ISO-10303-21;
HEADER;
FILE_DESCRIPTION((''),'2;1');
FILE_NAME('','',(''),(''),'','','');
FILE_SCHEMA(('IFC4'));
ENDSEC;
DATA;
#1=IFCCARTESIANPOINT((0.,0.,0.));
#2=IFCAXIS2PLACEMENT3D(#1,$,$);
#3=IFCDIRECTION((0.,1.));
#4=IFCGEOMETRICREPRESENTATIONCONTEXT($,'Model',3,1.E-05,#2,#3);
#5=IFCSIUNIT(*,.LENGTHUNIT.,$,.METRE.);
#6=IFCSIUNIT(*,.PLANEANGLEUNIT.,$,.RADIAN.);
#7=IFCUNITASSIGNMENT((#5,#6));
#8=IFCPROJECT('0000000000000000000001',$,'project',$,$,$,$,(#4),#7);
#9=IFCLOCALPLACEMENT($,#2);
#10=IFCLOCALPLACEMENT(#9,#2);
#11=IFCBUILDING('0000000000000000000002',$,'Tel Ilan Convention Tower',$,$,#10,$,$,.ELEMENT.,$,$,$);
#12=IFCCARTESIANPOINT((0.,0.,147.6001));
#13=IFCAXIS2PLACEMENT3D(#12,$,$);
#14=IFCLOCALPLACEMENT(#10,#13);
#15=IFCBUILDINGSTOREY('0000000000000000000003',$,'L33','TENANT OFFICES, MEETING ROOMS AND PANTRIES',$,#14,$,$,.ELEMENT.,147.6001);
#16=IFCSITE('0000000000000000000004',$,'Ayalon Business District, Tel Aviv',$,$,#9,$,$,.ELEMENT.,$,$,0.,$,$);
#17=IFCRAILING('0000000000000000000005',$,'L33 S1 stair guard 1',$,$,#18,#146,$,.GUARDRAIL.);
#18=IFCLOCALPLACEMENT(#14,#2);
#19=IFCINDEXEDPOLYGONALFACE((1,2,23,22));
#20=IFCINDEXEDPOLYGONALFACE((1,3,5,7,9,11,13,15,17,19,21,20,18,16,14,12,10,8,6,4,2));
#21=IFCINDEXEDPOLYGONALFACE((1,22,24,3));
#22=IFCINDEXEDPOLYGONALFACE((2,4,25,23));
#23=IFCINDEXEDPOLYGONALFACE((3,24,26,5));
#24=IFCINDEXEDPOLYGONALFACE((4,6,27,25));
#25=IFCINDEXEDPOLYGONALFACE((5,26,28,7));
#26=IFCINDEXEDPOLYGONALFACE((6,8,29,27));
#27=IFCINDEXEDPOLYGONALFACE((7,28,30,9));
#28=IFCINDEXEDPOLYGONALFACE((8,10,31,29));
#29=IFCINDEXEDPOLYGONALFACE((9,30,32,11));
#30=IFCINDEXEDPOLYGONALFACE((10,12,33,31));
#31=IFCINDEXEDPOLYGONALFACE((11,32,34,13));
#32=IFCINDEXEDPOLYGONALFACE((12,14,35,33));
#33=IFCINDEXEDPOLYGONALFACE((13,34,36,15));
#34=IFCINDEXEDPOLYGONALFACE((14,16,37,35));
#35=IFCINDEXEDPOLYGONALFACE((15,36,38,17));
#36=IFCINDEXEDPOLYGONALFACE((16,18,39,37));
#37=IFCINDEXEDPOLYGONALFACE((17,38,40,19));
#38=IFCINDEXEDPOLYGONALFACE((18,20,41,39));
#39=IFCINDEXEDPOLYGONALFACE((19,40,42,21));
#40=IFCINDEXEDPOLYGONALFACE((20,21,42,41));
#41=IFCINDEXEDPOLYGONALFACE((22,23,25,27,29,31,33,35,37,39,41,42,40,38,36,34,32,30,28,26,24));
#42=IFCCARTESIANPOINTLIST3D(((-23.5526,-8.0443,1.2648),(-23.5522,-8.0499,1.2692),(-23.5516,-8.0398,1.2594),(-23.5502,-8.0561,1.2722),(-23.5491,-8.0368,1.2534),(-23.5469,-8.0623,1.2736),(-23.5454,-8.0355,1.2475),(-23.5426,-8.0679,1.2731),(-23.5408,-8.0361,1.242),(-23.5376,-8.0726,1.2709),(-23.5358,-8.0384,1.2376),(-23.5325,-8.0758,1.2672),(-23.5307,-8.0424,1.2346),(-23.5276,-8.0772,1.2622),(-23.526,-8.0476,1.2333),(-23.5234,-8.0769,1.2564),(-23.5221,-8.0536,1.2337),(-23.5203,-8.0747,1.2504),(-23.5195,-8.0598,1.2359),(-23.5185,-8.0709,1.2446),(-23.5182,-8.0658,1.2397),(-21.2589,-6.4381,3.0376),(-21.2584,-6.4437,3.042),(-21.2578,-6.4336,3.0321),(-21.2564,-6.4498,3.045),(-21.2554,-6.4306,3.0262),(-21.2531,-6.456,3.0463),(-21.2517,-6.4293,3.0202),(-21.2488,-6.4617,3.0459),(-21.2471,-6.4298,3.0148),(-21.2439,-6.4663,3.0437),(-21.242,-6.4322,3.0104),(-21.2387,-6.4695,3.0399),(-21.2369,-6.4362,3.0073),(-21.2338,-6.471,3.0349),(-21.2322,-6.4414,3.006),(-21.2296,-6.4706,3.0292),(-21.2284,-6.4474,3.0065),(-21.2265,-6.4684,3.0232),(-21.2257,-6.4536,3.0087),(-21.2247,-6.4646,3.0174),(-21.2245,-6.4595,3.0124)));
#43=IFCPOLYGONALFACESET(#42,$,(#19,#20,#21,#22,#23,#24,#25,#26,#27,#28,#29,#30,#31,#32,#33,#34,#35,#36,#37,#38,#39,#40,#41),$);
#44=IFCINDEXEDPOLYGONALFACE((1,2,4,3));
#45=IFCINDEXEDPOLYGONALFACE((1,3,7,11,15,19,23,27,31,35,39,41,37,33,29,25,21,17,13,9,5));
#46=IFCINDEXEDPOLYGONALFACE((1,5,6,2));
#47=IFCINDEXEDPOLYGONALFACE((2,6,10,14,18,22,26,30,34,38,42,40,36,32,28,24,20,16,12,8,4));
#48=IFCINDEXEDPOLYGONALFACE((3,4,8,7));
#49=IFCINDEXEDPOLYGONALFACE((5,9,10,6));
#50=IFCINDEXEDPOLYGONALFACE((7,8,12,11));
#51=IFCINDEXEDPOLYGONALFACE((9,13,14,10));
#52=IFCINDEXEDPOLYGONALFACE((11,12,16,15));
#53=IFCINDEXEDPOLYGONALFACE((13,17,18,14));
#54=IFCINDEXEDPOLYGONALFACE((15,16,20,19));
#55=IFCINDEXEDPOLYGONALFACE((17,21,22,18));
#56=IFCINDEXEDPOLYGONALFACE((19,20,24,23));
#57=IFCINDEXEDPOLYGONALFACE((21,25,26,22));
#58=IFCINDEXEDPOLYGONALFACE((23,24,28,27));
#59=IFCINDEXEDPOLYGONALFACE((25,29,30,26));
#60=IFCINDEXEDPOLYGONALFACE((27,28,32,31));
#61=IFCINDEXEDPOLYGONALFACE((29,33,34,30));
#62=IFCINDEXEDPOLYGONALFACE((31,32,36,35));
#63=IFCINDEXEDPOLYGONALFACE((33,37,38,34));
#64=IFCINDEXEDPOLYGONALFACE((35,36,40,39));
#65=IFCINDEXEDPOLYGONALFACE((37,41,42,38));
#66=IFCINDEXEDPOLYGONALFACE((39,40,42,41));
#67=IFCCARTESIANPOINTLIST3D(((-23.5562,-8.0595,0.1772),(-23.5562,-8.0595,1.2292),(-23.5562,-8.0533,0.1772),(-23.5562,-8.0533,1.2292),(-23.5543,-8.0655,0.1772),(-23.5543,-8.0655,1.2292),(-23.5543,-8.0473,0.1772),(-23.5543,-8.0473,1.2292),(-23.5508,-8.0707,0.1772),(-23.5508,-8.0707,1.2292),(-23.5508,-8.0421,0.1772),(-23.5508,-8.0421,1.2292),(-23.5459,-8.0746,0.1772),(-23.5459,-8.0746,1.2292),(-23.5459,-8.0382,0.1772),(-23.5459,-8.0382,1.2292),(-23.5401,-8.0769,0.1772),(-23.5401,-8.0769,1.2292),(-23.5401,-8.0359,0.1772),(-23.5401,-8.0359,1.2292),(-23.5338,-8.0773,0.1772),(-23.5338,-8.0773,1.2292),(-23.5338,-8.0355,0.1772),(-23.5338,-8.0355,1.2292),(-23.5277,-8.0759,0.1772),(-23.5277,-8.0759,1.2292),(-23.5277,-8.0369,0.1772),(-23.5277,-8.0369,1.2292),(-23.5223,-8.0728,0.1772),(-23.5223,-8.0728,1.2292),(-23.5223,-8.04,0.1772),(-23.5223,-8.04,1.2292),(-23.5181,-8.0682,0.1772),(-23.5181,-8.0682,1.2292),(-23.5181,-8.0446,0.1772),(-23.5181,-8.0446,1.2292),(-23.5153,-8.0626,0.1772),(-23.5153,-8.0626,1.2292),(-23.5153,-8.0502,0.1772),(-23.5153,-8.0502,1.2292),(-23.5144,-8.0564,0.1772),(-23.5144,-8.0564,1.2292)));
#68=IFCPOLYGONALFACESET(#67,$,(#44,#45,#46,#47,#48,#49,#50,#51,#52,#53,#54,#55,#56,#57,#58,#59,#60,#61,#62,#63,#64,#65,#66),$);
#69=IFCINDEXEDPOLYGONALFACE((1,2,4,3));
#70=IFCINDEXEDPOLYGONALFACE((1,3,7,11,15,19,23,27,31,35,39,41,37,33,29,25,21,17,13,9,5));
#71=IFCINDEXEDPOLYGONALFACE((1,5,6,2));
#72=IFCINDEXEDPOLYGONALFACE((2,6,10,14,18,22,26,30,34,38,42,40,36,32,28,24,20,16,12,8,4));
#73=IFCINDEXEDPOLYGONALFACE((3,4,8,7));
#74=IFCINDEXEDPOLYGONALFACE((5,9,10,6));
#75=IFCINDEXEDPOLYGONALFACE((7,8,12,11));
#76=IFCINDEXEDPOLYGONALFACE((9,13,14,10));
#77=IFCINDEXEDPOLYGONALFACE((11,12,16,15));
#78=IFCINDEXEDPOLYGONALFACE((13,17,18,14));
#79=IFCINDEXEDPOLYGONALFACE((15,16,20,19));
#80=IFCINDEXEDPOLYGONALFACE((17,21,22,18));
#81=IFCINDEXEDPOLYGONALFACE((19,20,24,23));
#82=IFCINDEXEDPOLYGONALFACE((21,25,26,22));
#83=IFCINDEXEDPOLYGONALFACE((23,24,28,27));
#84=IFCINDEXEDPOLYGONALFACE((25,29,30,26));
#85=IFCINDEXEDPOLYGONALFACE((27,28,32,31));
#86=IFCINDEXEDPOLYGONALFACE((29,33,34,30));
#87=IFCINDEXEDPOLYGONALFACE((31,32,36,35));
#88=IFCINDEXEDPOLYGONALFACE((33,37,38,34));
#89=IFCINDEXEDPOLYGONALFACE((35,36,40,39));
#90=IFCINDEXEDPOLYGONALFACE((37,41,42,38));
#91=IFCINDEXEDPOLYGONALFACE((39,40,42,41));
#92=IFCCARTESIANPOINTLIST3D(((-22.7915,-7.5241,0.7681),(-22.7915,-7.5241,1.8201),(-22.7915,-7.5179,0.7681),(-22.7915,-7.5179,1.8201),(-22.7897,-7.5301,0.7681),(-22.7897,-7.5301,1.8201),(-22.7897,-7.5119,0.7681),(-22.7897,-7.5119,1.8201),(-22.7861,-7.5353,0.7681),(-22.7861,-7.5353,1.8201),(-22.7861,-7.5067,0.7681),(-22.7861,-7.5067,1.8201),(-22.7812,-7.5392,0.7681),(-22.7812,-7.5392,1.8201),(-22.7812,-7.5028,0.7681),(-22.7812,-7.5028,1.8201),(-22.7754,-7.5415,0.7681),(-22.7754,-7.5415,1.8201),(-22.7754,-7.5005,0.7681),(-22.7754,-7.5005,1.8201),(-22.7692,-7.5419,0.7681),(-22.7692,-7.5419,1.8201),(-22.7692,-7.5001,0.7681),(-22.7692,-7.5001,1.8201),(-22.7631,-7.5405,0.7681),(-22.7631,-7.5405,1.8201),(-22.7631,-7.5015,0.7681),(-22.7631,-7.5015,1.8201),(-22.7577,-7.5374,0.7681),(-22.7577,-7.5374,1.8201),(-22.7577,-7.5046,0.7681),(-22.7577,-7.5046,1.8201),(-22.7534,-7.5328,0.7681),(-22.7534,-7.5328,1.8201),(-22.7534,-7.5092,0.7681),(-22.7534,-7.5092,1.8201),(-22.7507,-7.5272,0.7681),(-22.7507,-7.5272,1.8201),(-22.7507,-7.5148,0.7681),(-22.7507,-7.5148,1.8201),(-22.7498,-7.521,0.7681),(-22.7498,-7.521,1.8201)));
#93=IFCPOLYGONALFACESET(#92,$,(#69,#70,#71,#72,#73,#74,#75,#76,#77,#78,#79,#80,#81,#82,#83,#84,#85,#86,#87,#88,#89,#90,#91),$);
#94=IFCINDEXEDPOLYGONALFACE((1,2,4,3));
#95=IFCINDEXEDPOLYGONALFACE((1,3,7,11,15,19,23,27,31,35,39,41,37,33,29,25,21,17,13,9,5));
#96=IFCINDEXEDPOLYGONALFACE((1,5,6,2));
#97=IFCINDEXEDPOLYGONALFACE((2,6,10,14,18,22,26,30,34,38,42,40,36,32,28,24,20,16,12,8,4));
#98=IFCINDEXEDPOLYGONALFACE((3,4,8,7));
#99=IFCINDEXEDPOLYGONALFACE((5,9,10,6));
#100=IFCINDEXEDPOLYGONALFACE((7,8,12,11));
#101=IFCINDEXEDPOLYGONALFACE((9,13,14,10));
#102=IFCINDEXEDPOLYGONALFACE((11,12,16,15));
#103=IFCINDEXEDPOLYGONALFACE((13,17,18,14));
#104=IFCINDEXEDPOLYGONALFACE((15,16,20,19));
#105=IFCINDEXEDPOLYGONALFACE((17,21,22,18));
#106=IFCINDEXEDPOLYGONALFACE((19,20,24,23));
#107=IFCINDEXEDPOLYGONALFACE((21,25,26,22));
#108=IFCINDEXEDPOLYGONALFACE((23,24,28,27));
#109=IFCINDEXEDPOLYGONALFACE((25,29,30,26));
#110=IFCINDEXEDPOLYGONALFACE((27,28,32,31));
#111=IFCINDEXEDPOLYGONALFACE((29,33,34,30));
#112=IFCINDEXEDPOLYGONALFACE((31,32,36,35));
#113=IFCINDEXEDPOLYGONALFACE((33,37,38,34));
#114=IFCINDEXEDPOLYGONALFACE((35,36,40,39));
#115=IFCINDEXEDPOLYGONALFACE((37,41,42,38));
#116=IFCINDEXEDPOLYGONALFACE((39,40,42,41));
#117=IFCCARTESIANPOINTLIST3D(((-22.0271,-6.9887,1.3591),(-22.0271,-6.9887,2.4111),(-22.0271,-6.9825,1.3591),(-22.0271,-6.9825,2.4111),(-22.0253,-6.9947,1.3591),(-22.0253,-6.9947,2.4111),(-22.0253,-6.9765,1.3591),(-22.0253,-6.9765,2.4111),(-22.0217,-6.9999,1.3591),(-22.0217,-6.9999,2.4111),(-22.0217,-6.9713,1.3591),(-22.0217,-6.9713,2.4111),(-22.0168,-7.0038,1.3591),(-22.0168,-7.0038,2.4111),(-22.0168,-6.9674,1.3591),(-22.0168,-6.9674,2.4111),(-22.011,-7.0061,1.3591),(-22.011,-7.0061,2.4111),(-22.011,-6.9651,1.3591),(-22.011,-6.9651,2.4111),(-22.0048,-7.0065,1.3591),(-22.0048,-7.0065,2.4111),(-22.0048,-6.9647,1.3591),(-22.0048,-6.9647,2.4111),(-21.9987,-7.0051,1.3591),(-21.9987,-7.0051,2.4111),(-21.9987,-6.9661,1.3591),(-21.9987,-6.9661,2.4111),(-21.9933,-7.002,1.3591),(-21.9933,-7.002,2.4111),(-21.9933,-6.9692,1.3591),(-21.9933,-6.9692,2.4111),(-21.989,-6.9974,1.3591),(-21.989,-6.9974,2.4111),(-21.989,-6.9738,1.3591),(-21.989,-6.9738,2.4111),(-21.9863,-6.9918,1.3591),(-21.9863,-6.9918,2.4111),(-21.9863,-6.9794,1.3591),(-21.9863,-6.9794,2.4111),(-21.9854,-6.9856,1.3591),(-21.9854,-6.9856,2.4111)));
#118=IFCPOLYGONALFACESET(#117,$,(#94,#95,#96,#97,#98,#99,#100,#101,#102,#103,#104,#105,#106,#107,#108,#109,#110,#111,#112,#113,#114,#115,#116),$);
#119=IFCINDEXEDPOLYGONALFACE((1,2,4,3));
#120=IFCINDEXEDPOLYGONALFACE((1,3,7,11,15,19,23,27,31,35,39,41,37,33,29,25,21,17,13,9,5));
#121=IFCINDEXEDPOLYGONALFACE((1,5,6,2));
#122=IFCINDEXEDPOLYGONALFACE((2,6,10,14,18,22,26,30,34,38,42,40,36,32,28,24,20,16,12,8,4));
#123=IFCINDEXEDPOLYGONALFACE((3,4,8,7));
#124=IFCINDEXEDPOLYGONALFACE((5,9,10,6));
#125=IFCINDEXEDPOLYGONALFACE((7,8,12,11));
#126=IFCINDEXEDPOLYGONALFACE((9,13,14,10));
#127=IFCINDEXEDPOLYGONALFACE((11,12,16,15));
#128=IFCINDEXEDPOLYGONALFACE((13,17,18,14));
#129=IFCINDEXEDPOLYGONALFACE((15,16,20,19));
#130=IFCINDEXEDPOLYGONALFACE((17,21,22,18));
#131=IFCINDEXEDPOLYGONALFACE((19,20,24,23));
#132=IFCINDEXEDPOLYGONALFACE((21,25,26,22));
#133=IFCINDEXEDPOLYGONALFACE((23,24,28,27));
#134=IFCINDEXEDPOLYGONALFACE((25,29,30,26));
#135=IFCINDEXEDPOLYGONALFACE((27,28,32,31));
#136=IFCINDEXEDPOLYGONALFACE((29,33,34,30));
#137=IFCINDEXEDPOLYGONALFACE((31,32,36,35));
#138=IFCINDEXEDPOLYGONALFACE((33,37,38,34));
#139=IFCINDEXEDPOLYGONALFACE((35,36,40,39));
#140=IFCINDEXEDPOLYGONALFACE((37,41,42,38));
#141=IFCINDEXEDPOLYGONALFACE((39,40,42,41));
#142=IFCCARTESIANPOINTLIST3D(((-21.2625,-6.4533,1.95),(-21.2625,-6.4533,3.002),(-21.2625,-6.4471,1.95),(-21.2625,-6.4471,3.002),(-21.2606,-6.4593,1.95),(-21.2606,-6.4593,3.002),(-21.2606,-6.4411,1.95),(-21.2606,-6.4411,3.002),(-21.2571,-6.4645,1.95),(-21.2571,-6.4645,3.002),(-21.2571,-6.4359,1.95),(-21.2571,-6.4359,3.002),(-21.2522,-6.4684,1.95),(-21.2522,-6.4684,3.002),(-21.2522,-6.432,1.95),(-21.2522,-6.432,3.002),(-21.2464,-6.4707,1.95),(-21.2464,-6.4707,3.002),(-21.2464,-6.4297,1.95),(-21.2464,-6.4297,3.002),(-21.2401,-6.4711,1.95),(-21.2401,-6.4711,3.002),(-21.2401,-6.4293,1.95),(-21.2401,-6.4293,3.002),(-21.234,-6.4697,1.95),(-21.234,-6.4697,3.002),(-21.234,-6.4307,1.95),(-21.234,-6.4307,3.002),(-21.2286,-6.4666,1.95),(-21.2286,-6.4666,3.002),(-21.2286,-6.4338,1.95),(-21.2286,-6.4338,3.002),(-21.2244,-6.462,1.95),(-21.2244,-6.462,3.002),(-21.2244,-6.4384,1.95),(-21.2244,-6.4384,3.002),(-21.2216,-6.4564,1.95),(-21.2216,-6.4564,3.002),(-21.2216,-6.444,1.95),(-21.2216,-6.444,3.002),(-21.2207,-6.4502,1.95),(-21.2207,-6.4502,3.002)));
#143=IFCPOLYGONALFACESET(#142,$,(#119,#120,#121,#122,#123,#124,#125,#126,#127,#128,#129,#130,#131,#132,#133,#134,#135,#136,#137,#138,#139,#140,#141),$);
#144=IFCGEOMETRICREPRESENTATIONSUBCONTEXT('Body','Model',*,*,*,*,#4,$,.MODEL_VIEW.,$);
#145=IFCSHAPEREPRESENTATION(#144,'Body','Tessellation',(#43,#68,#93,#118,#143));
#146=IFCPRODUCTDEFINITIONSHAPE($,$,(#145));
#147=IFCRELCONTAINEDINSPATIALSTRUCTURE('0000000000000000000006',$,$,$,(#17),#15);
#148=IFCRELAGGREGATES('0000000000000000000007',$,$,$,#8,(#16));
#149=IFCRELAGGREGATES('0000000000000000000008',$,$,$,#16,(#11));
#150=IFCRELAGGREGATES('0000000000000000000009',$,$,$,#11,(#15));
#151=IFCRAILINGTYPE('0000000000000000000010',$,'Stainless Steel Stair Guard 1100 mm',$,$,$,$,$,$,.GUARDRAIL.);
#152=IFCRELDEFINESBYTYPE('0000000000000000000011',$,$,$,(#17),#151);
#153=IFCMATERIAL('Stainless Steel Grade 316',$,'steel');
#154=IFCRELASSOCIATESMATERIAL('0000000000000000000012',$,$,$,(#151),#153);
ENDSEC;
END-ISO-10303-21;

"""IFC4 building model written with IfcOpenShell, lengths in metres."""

from ifc_helpers import new_model, si_unit, direction, frame, origin, origin_2d, place, context, subcontext, project, spatial, circle, extrude, material, type_object, element, save


model = new_model("IFC4")

# Units and contexts
model_context = context("Model", 3, precision=1e-05, world=origin(), true_north=direction((0.0, 1.0)))
body_context = subcontext(model_context, "Body", "Model", "MODEL_VIEW")
ifc_project = project(units=[si_unit("LENGTHUNIT", "METRE"), si_unit("PLANEANGLEUNIT", "RADIAN")], contexts=[model_context])

# Site, building, storey
site_placement = place(None, origin())
site = spatial("IfcSite", under=ifc_project, at=site_placement, Name="Ayalon Business District, Tel Aviv", CompositionType="ELEMENT", RefElevation=0.0)
building_placement = place(site_placement, origin())
building = spatial("IfcBuilding", under=site, at=building_placement, Name="Tel Ilan Convention Tower", CompositionType="ELEMENT")
storey_placement = place(building_placement, frame((0.0, 0.0, 147.6001)))
storey = spatial("IfcBuildingStorey", under=building, at=storey_placement, Name="L33", Description="TENANT OFFICES, MEETING ROOMS AND PANTRIES", CompositionType="ELEMENT", Elevation=147.6001)

# Railing
ifc_material_1 = material(Name="Stainless Steel Grade 316", Category="steel")
railing_type_1 = type_object("IfcRailingType", Name="Stainless Steel Stair Guard 1100 mm", PredefinedType="GUARDRAIL", material=ifc_material_1)
railing_1_placement = place(storey_placement, frame((-23.5354, -8.0564, 0.1772)))
element("IfcRailing", 1, at=railing_1_placement, inside=storey, type_object=railing_type_1, Name="L33 S1 stair guard 1", PredefinedType="GUARDRAIL", context=body_context, shape_type="SweptSolid", body=[
    extrude(circle(Radius=0.0239, at=origin_2d()), frame((0.0, 0.0, 1.0762), z_axis=(0.692098, 0.484653, 0.534894), x_axis=(-0.573609, 0.81913, 0.0)), (0.0, 0.0, 1.0), 3.3142),
    extrude(circle(Radius=0.021, at=origin_2d()), origin(), (0.0, 0.0, 1.0), 1.052),
    extrude(circle(Radius=0.021, at=origin_2d()), frame((0.7646, 0.5354, 0.5908)), (0.0, 0.0, 1.0), 1.052),
    extrude(circle(Radius=0.021, at=origin_2d()), frame((1.5291, 1.0708, 1.1819)), (0.0, 0.0, 1.0), 1.052),
    extrude(circle(Radius=0.021, at=origin_2d()), frame((2.2937, 1.6062, 1.7727)), (0.0, 0.0, 1.0), 1.052),
])

save(model, "model.ifc")
